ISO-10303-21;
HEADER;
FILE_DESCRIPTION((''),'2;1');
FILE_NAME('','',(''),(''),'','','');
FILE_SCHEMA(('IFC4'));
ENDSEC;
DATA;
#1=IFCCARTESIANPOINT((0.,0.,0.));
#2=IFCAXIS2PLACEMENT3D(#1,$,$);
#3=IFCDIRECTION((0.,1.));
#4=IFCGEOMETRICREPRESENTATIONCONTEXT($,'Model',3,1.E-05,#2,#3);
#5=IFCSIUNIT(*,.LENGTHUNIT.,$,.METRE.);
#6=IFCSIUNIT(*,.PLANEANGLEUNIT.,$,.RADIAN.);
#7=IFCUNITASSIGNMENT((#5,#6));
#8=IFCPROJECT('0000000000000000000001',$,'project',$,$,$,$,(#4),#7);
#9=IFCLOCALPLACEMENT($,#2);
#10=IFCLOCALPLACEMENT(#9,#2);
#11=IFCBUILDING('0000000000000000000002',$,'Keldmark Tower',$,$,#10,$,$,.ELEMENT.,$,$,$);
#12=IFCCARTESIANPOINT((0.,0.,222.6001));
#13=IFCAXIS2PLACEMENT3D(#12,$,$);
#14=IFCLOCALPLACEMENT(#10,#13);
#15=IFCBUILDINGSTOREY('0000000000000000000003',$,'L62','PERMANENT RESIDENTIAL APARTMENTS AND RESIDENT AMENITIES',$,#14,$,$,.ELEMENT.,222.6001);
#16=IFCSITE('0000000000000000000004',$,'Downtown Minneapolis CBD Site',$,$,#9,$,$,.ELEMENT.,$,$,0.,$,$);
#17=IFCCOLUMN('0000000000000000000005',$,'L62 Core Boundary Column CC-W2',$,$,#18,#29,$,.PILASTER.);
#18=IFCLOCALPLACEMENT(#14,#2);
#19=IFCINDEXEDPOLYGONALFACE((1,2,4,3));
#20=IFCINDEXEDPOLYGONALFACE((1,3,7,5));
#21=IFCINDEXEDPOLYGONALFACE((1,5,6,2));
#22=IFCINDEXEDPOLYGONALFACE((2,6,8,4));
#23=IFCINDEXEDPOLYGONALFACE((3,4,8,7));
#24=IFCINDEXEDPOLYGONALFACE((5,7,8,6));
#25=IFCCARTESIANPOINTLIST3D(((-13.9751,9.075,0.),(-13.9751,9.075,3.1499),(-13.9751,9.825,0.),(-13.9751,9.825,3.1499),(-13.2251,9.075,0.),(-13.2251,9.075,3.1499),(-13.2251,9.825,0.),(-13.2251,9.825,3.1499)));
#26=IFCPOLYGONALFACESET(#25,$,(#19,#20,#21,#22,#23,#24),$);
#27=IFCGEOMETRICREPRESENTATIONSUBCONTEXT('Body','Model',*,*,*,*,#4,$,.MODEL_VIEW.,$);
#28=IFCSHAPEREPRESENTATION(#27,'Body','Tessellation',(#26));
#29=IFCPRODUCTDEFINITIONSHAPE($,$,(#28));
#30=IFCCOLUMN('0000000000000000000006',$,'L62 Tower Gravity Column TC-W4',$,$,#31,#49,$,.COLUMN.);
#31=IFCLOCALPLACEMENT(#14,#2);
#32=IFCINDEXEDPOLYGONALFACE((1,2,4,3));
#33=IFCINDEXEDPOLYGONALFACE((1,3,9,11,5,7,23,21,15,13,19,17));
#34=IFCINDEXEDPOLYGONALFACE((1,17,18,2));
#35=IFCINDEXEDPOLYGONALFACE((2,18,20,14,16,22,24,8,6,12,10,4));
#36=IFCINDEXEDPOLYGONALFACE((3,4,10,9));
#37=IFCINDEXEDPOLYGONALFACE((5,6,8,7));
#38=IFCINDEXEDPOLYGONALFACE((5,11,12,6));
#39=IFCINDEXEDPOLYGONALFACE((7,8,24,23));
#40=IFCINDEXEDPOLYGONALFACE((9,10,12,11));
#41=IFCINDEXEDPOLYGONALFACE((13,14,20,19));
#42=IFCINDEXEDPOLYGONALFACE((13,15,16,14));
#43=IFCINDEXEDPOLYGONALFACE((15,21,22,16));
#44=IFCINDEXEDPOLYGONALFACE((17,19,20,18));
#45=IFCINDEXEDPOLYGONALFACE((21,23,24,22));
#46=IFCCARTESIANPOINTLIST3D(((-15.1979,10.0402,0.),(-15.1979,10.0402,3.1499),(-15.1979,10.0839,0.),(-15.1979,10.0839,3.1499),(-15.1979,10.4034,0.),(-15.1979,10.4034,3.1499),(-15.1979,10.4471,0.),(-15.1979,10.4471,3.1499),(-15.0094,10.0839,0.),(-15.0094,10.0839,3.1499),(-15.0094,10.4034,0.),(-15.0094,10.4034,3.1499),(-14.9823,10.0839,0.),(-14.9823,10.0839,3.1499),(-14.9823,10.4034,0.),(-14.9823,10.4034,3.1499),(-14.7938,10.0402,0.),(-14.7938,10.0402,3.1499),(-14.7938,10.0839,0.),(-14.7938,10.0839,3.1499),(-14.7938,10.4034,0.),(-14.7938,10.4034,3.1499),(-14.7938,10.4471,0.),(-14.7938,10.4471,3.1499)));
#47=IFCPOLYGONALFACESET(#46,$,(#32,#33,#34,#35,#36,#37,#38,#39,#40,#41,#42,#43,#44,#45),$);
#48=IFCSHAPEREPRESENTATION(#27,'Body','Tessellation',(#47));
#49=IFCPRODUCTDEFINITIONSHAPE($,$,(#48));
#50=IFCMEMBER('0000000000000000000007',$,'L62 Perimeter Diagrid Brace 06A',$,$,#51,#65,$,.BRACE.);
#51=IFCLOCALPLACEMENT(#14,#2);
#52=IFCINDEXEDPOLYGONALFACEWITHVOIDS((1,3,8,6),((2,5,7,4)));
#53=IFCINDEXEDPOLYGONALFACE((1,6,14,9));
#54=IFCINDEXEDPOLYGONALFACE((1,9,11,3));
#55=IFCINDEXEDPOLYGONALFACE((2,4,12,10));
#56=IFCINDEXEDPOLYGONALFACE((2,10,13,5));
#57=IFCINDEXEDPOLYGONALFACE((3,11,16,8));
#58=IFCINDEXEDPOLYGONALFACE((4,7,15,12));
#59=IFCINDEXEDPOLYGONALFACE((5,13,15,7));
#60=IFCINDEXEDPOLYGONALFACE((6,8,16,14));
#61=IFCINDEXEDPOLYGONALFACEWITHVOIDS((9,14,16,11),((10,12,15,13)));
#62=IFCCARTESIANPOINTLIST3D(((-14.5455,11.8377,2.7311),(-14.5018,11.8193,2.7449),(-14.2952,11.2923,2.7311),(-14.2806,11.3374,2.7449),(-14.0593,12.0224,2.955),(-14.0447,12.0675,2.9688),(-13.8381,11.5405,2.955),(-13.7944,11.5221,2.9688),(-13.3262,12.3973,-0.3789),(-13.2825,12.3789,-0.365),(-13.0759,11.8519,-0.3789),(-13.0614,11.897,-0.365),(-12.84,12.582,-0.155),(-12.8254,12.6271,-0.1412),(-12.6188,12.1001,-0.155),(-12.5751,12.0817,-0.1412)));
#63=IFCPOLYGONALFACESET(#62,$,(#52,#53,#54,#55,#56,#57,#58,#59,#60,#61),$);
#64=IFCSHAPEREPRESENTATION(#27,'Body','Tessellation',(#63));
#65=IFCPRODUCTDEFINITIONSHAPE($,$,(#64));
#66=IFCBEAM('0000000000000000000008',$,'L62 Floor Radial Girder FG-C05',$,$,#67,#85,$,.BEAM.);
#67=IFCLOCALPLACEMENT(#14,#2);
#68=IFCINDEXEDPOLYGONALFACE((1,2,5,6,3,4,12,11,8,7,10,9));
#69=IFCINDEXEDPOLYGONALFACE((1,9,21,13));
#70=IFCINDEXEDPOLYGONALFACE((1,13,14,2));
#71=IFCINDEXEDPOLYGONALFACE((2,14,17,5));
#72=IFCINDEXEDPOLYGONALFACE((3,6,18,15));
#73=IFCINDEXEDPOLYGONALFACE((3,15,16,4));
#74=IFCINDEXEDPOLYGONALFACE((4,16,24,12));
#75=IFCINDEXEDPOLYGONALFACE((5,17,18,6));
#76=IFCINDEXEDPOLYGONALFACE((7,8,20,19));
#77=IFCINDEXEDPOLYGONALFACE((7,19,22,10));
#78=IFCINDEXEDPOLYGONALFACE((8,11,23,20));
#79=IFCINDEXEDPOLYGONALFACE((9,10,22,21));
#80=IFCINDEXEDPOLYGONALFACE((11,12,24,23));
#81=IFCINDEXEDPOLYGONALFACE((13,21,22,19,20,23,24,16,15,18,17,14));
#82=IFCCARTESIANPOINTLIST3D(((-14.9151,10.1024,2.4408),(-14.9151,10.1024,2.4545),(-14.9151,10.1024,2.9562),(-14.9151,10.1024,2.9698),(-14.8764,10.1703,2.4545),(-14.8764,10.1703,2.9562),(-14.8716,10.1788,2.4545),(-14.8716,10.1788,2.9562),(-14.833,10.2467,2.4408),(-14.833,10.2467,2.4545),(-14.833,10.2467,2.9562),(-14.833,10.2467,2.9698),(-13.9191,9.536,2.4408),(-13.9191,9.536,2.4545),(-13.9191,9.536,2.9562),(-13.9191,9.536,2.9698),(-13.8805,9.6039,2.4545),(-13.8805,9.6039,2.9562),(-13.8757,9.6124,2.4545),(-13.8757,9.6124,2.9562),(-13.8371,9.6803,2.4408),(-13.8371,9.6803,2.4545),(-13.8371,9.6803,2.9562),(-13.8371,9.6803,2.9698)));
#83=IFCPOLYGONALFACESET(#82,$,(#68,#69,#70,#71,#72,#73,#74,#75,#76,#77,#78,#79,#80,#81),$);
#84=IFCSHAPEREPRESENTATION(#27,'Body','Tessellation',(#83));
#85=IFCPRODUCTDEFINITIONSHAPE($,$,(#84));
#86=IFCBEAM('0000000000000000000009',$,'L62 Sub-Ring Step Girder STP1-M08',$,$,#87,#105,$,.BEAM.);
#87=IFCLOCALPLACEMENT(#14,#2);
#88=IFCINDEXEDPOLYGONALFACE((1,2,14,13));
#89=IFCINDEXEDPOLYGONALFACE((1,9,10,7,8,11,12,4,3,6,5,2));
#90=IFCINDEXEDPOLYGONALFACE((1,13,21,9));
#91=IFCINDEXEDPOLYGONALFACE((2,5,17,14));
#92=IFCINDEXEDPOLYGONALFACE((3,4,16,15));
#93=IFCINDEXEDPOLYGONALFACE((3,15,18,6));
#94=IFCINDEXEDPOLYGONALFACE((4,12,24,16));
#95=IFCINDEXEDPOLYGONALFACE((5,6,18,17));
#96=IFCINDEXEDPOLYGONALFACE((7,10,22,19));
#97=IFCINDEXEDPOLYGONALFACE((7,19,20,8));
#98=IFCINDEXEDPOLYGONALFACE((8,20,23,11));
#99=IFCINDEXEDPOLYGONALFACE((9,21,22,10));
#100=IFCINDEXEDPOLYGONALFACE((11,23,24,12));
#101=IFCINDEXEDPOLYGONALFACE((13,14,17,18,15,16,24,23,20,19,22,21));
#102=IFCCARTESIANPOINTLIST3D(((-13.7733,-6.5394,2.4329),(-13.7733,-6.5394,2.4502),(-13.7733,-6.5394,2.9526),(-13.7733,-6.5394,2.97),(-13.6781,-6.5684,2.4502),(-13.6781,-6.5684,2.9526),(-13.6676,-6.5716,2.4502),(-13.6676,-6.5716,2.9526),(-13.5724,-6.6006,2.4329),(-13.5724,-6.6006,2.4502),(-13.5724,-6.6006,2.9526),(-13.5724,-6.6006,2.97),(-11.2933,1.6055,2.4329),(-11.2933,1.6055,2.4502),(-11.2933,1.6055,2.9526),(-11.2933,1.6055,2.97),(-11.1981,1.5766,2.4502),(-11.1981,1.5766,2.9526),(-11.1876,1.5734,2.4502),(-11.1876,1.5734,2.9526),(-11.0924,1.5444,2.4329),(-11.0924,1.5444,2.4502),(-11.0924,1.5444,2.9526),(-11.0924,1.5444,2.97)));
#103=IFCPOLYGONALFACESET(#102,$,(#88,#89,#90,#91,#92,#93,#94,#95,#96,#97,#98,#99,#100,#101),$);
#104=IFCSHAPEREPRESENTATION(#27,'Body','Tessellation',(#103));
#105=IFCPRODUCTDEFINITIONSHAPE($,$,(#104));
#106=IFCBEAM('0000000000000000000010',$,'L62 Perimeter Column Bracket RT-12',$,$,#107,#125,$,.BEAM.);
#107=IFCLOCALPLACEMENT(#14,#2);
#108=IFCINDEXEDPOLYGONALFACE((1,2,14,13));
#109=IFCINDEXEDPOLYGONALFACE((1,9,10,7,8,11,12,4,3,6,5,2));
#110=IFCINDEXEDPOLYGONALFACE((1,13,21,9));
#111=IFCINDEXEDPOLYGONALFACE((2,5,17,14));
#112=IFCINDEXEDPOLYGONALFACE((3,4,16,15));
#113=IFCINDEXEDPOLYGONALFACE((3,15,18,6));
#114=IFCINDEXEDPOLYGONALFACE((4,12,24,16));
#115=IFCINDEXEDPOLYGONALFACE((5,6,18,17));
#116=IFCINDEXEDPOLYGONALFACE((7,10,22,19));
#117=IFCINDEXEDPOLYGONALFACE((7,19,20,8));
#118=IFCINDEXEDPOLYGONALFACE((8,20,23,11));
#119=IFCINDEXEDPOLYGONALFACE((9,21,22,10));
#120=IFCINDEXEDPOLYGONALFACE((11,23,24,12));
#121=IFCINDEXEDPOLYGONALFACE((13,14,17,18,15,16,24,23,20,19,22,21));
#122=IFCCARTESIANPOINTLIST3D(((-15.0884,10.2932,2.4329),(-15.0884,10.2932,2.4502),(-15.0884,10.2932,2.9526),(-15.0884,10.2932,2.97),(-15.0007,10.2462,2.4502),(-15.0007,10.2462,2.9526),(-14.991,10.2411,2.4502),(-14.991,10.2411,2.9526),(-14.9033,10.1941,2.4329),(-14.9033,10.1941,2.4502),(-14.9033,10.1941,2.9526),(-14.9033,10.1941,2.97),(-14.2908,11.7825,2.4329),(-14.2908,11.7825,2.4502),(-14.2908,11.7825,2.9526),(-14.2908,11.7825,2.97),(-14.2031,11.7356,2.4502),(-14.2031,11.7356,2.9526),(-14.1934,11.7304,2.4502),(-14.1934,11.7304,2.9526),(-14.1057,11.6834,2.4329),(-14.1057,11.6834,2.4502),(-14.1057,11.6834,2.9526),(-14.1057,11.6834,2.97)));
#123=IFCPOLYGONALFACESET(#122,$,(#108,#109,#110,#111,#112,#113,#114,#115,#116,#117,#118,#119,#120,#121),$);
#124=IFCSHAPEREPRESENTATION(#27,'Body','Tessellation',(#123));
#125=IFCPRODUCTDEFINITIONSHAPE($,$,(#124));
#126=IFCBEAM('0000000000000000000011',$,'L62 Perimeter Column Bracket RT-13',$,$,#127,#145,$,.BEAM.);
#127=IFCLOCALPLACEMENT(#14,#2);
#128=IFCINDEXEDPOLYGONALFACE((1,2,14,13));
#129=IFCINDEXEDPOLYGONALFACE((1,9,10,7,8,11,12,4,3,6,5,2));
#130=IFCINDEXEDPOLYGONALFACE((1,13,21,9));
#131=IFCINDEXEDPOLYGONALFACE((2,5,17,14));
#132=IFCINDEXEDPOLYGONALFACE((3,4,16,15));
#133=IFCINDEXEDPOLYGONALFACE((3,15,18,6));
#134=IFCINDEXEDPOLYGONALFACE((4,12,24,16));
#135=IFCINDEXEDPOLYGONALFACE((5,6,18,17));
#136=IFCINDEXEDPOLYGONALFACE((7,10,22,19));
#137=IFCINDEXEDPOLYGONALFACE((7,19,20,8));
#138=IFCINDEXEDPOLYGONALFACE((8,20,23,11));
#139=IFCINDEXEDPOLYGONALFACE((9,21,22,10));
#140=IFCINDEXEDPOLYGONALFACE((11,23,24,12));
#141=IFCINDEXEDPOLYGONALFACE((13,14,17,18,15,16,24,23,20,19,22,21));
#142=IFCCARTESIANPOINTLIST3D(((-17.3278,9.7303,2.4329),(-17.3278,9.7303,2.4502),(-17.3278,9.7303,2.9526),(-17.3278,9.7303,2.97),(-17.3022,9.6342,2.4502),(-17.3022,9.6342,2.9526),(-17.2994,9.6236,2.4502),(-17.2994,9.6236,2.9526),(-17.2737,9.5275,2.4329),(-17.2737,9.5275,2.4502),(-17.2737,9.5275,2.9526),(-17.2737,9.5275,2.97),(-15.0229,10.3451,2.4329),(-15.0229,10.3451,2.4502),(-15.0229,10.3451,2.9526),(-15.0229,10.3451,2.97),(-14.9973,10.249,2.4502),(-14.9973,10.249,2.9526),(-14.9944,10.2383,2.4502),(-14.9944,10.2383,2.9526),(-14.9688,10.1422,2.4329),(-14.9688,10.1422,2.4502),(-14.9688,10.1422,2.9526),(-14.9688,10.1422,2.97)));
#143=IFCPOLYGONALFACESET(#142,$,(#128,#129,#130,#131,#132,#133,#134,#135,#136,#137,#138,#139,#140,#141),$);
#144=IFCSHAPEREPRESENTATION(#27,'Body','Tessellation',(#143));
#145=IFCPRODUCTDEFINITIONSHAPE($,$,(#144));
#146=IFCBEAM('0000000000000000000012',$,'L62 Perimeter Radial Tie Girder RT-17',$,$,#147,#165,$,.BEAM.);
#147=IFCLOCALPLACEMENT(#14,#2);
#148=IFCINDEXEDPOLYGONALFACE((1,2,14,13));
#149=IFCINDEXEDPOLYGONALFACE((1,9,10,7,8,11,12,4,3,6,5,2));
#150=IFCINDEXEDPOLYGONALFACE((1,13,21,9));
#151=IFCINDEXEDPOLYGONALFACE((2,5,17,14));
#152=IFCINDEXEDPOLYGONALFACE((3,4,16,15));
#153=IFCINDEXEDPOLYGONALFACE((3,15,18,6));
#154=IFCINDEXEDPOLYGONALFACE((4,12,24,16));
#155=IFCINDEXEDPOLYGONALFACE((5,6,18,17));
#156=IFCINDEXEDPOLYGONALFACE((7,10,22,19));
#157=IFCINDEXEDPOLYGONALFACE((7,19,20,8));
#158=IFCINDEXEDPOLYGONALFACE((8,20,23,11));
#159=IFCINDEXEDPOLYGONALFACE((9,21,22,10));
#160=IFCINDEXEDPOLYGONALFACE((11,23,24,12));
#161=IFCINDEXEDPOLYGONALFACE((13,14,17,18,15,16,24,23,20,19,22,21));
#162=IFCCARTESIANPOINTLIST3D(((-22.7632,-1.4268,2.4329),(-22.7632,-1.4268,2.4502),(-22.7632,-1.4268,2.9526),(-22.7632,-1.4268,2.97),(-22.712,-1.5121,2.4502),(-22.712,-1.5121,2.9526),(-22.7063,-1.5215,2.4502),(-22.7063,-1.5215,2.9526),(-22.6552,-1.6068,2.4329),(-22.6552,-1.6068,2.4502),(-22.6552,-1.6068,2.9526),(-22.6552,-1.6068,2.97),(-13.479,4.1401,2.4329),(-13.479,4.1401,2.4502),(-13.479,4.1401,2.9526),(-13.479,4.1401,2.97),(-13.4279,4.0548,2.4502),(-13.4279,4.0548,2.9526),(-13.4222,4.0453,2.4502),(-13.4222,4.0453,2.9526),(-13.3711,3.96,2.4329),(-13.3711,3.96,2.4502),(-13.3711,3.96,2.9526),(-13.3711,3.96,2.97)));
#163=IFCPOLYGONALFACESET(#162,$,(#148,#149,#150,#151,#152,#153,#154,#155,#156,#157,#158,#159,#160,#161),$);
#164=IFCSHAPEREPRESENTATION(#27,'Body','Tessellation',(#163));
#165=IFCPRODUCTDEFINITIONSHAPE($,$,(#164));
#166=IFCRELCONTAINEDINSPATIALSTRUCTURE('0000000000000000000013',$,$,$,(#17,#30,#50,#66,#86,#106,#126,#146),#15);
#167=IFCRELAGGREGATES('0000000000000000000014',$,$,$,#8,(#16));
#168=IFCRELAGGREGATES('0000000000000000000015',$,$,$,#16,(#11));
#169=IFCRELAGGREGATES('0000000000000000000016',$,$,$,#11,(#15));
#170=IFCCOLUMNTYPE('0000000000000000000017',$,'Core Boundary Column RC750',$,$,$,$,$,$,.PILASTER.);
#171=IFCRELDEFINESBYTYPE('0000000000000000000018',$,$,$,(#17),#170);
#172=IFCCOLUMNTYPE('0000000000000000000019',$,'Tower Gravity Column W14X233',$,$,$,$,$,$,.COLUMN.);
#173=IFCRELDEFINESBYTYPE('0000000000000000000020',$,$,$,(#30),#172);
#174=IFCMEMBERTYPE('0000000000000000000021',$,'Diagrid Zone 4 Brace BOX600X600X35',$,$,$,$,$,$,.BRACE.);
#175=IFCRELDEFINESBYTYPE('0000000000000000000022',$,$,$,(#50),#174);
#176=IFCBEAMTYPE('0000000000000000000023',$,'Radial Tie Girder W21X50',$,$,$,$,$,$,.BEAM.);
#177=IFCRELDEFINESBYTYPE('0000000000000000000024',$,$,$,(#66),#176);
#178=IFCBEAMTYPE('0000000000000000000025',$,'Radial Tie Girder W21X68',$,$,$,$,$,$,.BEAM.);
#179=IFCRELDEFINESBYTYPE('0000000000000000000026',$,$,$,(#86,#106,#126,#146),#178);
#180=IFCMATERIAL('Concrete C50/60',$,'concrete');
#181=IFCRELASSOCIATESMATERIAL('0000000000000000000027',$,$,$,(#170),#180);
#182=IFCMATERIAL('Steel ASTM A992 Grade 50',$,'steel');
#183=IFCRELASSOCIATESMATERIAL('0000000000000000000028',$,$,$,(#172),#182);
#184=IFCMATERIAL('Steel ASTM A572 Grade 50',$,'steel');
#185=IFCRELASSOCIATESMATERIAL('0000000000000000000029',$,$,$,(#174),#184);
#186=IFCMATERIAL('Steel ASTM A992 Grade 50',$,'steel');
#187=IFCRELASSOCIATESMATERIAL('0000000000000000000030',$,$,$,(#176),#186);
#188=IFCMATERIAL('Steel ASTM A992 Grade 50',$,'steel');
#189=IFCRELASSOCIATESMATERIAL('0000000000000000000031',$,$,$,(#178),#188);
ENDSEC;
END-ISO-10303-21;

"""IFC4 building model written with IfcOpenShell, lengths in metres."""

from ifc_helpers import new_model, si_unit, direction, frame, origin, origin_2d, place, context, subcontext, project, spatial, rectangle, hollow_rectangle, i_section, extrude, material, material_profile, profile_set, type_object, element, save


model = new_model("IFC4")

# Units and contexts
model_context = context("Model", 3, precision=1e-05, world=origin(), true_north=direction((0.0, 1.0)))
body_context = subcontext(model_context, "Body", "Model", "MODEL_VIEW")
ifc_project = project(units=[si_unit("LENGTHUNIT", "METRE"), si_unit("PLANEANGLEUNIT", "RADIAN")], contexts=[model_context])

# Site, building, storey
site_placement = place(None, origin())
site = spatial("IfcSite", under=ifc_project, at=site_placement, Name="Downtown Minneapolis CBD Site", CompositionType="ELEMENT", RefElevation=0.0)
building_placement = place(site_placement, origin())
building = spatial("IfcBuilding", under=site, at=building_placement, Name="Keldmark Tower", CompositionType="ELEMENT")
storey_placement = place(building_placement, frame((0.0, 0.0, 222.6001)))
storey = spatial("IfcBuildingStorey", under=building, at=storey_placement, Name="L62", Description="PERMANENT RESIDENTIAL APARTMENTS AND RESIDENT AMENITIES", CompositionType="ELEMENT", Elevation=222.6001)

# Columns
ifc_material_1 = material(Name="Concrete C50/60", Category="concrete")
ifc_material_profile_1 = material_profile(ifc_material_1, rectangle(XDim=0.75, YDim=0.75, at=origin_2d()), Name="RC750X750")
ifc_profile_set_1 = profile_set([ifc_material_profile_1], Name="Concrete C50/60")
column_type_1 = type_object("IfcColumnType", Name="Core Boundary Column RC750", PredefinedType="PILASTER", material=ifc_profile_set_1)
column_1_placement = place(storey_placement, frame((-13.6001, 9.45, 0.0), z_axis=(0.0, 0.0, 1.0), x_axis=(1.0, 0.0, 0.0)))
element("IfcColumn", 1, at=column_1_placement, inside=storey, type_object=column_type_1, Name="L62 Core Boundary Column CC-W2", PredefinedType="PILASTER", context=body_context, shape_type="SweptSolid", body=[
    extrude(rectangle(XDim=0.75, YDim=0.75, at=origin_2d()), origin(), (0.0, 0.0, 1.0), 3.1499),
])
ifc_material_2 = material(Name="Steel ASTM A992 Grade 50", Category="steel")
ifc_material_profile_2 = material_profile(ifc_material_2, i_section(OverallWidth=0.4041, OverallDepth=0.407, WebThickness=0.0271, FlangeThickness=0.0437, at=origin_2d()), Name="W14X233")
ifc_profile_set_2 = profile_set([ifc_material_profile_2], Name="Steel ASTM A992 Grade 50")
column_type_2 = type_object("IfcColumnType", Name="Tower Gravity Column W14X233", PredefinedType="COLUMN", material=ifc_profile_set_2)
column_2_placement = place(storey_placement, frame((-14.9958, 10.2437, 0.0), z_axis=(0.0, 0.0, 1.0), x_axis=(1.0, 0.0, 0.0)))
element("IfcColumn", 2, at=column_2_placement, inside=storey, type_object=column_type_2, Name="L62 Tower Gravity Column TC-W4", PredefinedType="COLUMN", context=body_context, shape_type="SweptSolid", body=[
    extrude(i_section(OverallWidth=0.4041, OverallDepth=0.407, WebThickness=0.0271, FlangeThickness=0.0437, at=origin_2d()), origin(), (0.0, 0.0, 1.0), 3.1499),
])

# Member
ifc_material_3 = material(Name="Steel ASTM A572 Grade 50", Category="steel")
ifc_material_profile_3 = material_profile(ifc_material_3, hollow_rectangle(XDim=0.6001, YDim=0.6001, WallThickness=0.0349, at=origin_2d()), Name="BOX600X600X35")
ifc_profile_set_3 = profile_set([ifc_material_profile_3], Name="Steel ASTM A572 Grade 50")
member_type = type_object("IfcMemberType", Name="Diagrid Zone 4 Brace BOX600X600X35", PredefinedType="BRACE", material=ifc_profile_set_3)
member_placement = place(storey_placement, frame((-12.9507, 12.2395, -0.26), z_axis=(-0.359989, -0.165217, 0.918211), x_axis=(0.417118, -0.908852, 0.0)))
element("IfcMember", 3, at=member_placement, inside=storey, type_object=member_type, Name="L62 Perimeter Diagrid Brace 06A", PredefinedType="BRACE", context=body_context, shape_type="SweptSolid", body=[
    extrude(hollow_rectangle(XDim=0.6001, YDim=0.6001, WallThickness=0.0349, at=origin_2d()), origin(), (0.0, 0.0, 1.0), 3.387),
])

# Beams
ifc_material_4 = material(Name="Steel ASTM A992 Grade 50", Category="steel")
ifc_material_profile_4 = material_profile(ifc_material_4, i_section(OverallWidth=0.166, OverallDepth=0.5291, WebThickness=0.0098, FlangeThickness=0.0137, at=origin_2d()), Name="W21X50")
ifc_profile_set_4 = profile_set([ifc_material_profile_4], Name="Steel ASTM A992 Grade 50")
beam_type_1 = type_object("IfcBeamType", Name="Radial Tie Girder W21X50", PredefinedType="BEAM", material=ifc_profile_set_4)
beam_1_placement = place(storey_placement, frame((-14.874, 10.1746, 2.7053), z_axis=(0.869238, -0.494394, 0.0), x_axis=(0.494394, 0.869238, 0.0)))
element("IfcBeam", 4, at=beam_1_placement, inside=storey, type_object=beam_type_1, Name="L62 Floor Radial Girder FG-C05", PredefinedType="BEAM", context=body_context, shape_type="SweptSolid", body=[
    extrude(i_section(OverallWidth=0.166, OverallDepth=0.5291, WebThickness=0.0098, FlangeThickness=0.0137, at=origin_2d()), origin(), (0.0, 0.0, 1.0), 1.1458),
])
ifc_material_5 = material(Name="Steel ASTM A992 Grade 50", Category="steel")
ifc_material_profile_5 = material_profile(ifc_material_5, i_section(OverallWidth=0.21, OverallDepth=0.5371, WebThickness=0.011, FlangeThickness=0.0173, at=origin_2d()), Name="W21X68")
ifc_profile_set_5 = profile_set([ifc_material_profile_5], Name="Steel ASTM A992 Grade 50")
beam_type_2 = type_object("IfcBeamType", Name="Radial Tie Girder W21X68", PredefinedType="BEAM", material=ifc_profile_set_5)
beam_2_placement = place(storey_placement, frame((-11.1929, 1.575, 2.7014), z_axis=(-0.291276, -0.956639, 0.0), x_axis=(0.956639, -0.291276, 0.0)))
element("IfcBeam", 5, at=beam_2_placement, inside=storey, type_object=beam_type_2, Name="L62 Sub-Ring Step Girder STP1-M08", PredefinedType="BEAM", context=body_context, shape_type="SweptSolid", body=[
    extrude(i_section(OverallWidth=0.21, OverallDepth=0.5371, WebThickness=0.011, FlangeThickness=0.0173, at=origin_2d()), origin(), (0.0, 0.0, 1.0), 8.5142),
])
beam_3_placement = place(storey_placement, frame((-14.9958, 10.2437, 2.7014), z_axis=(0.472125, 0.881532, 0.0), x_axis=(-0.881532, 0.472125, 0.0)))
element("IfcBeam", 6, at=beam_3_placement, inside=storey, type_object=beam_type_2, Name="L62 Perimeter Column Bracket RT-12", PredefinedType="BEAM", context=body_context, shape_type="SweptSolid", body=[
    extrude(i_section(OverallWidth=0.21, OverallDepth=0.5371, WebThickness=0.011, FlangeThickness=0.0173, at=origin_2d()), origin(), (0.0, 0.0, 1.0), 1.6895),
])
beam_4_placement = place(storey_placement, frame((-14.9958, 10.2437, 2.7014), z_axis=(-0.966225, -0.257701, 0.0), x_axis=(0.257701, -0.966225, 0.0)))
element("IfcBeam", 7, at=beam_4_placement, inside=storey, type_object=beam_type_2, Name="L62 Perimeter Column Bracket RT-13", PredefinedType="BEAM", context=body_context, shape_type="SweptSolid", body=[
    extrude(i_section(OverallWidth=0.21, OverallDepth=0.5371, WebThickness=0.011, FlangeThickness=0.0173, at=origin_2d()), origin(), (0.0, 0.0, 1.0), 2.3855),
])
beam_5_placement = place(storey_placement, frame((-13.425, 4.05, 2.7014), z_axis=(-0.85764, -0.51425, 0.0), x_axis=(0.51425, -0.85764, 0.0)))
element("IfcBeam", 8, at=beam_5_placement, inside=storey, type_object=beam_type_2, Name="L62 Perimeter Radial Tie Girder RT-17", PredefinedType="BEAM", context=body_context, shape_type="SweptSolid", body=[
    extrude(i_section(OverallWidth=0.21, OverallDepth=0.5371, WebThickness=0.011, FlangeThickness=0.0173, at=origin_2d()), origin(), (0.0, 0.0, 1.0), 10.8252),
])

save(model, "model.ifc")
